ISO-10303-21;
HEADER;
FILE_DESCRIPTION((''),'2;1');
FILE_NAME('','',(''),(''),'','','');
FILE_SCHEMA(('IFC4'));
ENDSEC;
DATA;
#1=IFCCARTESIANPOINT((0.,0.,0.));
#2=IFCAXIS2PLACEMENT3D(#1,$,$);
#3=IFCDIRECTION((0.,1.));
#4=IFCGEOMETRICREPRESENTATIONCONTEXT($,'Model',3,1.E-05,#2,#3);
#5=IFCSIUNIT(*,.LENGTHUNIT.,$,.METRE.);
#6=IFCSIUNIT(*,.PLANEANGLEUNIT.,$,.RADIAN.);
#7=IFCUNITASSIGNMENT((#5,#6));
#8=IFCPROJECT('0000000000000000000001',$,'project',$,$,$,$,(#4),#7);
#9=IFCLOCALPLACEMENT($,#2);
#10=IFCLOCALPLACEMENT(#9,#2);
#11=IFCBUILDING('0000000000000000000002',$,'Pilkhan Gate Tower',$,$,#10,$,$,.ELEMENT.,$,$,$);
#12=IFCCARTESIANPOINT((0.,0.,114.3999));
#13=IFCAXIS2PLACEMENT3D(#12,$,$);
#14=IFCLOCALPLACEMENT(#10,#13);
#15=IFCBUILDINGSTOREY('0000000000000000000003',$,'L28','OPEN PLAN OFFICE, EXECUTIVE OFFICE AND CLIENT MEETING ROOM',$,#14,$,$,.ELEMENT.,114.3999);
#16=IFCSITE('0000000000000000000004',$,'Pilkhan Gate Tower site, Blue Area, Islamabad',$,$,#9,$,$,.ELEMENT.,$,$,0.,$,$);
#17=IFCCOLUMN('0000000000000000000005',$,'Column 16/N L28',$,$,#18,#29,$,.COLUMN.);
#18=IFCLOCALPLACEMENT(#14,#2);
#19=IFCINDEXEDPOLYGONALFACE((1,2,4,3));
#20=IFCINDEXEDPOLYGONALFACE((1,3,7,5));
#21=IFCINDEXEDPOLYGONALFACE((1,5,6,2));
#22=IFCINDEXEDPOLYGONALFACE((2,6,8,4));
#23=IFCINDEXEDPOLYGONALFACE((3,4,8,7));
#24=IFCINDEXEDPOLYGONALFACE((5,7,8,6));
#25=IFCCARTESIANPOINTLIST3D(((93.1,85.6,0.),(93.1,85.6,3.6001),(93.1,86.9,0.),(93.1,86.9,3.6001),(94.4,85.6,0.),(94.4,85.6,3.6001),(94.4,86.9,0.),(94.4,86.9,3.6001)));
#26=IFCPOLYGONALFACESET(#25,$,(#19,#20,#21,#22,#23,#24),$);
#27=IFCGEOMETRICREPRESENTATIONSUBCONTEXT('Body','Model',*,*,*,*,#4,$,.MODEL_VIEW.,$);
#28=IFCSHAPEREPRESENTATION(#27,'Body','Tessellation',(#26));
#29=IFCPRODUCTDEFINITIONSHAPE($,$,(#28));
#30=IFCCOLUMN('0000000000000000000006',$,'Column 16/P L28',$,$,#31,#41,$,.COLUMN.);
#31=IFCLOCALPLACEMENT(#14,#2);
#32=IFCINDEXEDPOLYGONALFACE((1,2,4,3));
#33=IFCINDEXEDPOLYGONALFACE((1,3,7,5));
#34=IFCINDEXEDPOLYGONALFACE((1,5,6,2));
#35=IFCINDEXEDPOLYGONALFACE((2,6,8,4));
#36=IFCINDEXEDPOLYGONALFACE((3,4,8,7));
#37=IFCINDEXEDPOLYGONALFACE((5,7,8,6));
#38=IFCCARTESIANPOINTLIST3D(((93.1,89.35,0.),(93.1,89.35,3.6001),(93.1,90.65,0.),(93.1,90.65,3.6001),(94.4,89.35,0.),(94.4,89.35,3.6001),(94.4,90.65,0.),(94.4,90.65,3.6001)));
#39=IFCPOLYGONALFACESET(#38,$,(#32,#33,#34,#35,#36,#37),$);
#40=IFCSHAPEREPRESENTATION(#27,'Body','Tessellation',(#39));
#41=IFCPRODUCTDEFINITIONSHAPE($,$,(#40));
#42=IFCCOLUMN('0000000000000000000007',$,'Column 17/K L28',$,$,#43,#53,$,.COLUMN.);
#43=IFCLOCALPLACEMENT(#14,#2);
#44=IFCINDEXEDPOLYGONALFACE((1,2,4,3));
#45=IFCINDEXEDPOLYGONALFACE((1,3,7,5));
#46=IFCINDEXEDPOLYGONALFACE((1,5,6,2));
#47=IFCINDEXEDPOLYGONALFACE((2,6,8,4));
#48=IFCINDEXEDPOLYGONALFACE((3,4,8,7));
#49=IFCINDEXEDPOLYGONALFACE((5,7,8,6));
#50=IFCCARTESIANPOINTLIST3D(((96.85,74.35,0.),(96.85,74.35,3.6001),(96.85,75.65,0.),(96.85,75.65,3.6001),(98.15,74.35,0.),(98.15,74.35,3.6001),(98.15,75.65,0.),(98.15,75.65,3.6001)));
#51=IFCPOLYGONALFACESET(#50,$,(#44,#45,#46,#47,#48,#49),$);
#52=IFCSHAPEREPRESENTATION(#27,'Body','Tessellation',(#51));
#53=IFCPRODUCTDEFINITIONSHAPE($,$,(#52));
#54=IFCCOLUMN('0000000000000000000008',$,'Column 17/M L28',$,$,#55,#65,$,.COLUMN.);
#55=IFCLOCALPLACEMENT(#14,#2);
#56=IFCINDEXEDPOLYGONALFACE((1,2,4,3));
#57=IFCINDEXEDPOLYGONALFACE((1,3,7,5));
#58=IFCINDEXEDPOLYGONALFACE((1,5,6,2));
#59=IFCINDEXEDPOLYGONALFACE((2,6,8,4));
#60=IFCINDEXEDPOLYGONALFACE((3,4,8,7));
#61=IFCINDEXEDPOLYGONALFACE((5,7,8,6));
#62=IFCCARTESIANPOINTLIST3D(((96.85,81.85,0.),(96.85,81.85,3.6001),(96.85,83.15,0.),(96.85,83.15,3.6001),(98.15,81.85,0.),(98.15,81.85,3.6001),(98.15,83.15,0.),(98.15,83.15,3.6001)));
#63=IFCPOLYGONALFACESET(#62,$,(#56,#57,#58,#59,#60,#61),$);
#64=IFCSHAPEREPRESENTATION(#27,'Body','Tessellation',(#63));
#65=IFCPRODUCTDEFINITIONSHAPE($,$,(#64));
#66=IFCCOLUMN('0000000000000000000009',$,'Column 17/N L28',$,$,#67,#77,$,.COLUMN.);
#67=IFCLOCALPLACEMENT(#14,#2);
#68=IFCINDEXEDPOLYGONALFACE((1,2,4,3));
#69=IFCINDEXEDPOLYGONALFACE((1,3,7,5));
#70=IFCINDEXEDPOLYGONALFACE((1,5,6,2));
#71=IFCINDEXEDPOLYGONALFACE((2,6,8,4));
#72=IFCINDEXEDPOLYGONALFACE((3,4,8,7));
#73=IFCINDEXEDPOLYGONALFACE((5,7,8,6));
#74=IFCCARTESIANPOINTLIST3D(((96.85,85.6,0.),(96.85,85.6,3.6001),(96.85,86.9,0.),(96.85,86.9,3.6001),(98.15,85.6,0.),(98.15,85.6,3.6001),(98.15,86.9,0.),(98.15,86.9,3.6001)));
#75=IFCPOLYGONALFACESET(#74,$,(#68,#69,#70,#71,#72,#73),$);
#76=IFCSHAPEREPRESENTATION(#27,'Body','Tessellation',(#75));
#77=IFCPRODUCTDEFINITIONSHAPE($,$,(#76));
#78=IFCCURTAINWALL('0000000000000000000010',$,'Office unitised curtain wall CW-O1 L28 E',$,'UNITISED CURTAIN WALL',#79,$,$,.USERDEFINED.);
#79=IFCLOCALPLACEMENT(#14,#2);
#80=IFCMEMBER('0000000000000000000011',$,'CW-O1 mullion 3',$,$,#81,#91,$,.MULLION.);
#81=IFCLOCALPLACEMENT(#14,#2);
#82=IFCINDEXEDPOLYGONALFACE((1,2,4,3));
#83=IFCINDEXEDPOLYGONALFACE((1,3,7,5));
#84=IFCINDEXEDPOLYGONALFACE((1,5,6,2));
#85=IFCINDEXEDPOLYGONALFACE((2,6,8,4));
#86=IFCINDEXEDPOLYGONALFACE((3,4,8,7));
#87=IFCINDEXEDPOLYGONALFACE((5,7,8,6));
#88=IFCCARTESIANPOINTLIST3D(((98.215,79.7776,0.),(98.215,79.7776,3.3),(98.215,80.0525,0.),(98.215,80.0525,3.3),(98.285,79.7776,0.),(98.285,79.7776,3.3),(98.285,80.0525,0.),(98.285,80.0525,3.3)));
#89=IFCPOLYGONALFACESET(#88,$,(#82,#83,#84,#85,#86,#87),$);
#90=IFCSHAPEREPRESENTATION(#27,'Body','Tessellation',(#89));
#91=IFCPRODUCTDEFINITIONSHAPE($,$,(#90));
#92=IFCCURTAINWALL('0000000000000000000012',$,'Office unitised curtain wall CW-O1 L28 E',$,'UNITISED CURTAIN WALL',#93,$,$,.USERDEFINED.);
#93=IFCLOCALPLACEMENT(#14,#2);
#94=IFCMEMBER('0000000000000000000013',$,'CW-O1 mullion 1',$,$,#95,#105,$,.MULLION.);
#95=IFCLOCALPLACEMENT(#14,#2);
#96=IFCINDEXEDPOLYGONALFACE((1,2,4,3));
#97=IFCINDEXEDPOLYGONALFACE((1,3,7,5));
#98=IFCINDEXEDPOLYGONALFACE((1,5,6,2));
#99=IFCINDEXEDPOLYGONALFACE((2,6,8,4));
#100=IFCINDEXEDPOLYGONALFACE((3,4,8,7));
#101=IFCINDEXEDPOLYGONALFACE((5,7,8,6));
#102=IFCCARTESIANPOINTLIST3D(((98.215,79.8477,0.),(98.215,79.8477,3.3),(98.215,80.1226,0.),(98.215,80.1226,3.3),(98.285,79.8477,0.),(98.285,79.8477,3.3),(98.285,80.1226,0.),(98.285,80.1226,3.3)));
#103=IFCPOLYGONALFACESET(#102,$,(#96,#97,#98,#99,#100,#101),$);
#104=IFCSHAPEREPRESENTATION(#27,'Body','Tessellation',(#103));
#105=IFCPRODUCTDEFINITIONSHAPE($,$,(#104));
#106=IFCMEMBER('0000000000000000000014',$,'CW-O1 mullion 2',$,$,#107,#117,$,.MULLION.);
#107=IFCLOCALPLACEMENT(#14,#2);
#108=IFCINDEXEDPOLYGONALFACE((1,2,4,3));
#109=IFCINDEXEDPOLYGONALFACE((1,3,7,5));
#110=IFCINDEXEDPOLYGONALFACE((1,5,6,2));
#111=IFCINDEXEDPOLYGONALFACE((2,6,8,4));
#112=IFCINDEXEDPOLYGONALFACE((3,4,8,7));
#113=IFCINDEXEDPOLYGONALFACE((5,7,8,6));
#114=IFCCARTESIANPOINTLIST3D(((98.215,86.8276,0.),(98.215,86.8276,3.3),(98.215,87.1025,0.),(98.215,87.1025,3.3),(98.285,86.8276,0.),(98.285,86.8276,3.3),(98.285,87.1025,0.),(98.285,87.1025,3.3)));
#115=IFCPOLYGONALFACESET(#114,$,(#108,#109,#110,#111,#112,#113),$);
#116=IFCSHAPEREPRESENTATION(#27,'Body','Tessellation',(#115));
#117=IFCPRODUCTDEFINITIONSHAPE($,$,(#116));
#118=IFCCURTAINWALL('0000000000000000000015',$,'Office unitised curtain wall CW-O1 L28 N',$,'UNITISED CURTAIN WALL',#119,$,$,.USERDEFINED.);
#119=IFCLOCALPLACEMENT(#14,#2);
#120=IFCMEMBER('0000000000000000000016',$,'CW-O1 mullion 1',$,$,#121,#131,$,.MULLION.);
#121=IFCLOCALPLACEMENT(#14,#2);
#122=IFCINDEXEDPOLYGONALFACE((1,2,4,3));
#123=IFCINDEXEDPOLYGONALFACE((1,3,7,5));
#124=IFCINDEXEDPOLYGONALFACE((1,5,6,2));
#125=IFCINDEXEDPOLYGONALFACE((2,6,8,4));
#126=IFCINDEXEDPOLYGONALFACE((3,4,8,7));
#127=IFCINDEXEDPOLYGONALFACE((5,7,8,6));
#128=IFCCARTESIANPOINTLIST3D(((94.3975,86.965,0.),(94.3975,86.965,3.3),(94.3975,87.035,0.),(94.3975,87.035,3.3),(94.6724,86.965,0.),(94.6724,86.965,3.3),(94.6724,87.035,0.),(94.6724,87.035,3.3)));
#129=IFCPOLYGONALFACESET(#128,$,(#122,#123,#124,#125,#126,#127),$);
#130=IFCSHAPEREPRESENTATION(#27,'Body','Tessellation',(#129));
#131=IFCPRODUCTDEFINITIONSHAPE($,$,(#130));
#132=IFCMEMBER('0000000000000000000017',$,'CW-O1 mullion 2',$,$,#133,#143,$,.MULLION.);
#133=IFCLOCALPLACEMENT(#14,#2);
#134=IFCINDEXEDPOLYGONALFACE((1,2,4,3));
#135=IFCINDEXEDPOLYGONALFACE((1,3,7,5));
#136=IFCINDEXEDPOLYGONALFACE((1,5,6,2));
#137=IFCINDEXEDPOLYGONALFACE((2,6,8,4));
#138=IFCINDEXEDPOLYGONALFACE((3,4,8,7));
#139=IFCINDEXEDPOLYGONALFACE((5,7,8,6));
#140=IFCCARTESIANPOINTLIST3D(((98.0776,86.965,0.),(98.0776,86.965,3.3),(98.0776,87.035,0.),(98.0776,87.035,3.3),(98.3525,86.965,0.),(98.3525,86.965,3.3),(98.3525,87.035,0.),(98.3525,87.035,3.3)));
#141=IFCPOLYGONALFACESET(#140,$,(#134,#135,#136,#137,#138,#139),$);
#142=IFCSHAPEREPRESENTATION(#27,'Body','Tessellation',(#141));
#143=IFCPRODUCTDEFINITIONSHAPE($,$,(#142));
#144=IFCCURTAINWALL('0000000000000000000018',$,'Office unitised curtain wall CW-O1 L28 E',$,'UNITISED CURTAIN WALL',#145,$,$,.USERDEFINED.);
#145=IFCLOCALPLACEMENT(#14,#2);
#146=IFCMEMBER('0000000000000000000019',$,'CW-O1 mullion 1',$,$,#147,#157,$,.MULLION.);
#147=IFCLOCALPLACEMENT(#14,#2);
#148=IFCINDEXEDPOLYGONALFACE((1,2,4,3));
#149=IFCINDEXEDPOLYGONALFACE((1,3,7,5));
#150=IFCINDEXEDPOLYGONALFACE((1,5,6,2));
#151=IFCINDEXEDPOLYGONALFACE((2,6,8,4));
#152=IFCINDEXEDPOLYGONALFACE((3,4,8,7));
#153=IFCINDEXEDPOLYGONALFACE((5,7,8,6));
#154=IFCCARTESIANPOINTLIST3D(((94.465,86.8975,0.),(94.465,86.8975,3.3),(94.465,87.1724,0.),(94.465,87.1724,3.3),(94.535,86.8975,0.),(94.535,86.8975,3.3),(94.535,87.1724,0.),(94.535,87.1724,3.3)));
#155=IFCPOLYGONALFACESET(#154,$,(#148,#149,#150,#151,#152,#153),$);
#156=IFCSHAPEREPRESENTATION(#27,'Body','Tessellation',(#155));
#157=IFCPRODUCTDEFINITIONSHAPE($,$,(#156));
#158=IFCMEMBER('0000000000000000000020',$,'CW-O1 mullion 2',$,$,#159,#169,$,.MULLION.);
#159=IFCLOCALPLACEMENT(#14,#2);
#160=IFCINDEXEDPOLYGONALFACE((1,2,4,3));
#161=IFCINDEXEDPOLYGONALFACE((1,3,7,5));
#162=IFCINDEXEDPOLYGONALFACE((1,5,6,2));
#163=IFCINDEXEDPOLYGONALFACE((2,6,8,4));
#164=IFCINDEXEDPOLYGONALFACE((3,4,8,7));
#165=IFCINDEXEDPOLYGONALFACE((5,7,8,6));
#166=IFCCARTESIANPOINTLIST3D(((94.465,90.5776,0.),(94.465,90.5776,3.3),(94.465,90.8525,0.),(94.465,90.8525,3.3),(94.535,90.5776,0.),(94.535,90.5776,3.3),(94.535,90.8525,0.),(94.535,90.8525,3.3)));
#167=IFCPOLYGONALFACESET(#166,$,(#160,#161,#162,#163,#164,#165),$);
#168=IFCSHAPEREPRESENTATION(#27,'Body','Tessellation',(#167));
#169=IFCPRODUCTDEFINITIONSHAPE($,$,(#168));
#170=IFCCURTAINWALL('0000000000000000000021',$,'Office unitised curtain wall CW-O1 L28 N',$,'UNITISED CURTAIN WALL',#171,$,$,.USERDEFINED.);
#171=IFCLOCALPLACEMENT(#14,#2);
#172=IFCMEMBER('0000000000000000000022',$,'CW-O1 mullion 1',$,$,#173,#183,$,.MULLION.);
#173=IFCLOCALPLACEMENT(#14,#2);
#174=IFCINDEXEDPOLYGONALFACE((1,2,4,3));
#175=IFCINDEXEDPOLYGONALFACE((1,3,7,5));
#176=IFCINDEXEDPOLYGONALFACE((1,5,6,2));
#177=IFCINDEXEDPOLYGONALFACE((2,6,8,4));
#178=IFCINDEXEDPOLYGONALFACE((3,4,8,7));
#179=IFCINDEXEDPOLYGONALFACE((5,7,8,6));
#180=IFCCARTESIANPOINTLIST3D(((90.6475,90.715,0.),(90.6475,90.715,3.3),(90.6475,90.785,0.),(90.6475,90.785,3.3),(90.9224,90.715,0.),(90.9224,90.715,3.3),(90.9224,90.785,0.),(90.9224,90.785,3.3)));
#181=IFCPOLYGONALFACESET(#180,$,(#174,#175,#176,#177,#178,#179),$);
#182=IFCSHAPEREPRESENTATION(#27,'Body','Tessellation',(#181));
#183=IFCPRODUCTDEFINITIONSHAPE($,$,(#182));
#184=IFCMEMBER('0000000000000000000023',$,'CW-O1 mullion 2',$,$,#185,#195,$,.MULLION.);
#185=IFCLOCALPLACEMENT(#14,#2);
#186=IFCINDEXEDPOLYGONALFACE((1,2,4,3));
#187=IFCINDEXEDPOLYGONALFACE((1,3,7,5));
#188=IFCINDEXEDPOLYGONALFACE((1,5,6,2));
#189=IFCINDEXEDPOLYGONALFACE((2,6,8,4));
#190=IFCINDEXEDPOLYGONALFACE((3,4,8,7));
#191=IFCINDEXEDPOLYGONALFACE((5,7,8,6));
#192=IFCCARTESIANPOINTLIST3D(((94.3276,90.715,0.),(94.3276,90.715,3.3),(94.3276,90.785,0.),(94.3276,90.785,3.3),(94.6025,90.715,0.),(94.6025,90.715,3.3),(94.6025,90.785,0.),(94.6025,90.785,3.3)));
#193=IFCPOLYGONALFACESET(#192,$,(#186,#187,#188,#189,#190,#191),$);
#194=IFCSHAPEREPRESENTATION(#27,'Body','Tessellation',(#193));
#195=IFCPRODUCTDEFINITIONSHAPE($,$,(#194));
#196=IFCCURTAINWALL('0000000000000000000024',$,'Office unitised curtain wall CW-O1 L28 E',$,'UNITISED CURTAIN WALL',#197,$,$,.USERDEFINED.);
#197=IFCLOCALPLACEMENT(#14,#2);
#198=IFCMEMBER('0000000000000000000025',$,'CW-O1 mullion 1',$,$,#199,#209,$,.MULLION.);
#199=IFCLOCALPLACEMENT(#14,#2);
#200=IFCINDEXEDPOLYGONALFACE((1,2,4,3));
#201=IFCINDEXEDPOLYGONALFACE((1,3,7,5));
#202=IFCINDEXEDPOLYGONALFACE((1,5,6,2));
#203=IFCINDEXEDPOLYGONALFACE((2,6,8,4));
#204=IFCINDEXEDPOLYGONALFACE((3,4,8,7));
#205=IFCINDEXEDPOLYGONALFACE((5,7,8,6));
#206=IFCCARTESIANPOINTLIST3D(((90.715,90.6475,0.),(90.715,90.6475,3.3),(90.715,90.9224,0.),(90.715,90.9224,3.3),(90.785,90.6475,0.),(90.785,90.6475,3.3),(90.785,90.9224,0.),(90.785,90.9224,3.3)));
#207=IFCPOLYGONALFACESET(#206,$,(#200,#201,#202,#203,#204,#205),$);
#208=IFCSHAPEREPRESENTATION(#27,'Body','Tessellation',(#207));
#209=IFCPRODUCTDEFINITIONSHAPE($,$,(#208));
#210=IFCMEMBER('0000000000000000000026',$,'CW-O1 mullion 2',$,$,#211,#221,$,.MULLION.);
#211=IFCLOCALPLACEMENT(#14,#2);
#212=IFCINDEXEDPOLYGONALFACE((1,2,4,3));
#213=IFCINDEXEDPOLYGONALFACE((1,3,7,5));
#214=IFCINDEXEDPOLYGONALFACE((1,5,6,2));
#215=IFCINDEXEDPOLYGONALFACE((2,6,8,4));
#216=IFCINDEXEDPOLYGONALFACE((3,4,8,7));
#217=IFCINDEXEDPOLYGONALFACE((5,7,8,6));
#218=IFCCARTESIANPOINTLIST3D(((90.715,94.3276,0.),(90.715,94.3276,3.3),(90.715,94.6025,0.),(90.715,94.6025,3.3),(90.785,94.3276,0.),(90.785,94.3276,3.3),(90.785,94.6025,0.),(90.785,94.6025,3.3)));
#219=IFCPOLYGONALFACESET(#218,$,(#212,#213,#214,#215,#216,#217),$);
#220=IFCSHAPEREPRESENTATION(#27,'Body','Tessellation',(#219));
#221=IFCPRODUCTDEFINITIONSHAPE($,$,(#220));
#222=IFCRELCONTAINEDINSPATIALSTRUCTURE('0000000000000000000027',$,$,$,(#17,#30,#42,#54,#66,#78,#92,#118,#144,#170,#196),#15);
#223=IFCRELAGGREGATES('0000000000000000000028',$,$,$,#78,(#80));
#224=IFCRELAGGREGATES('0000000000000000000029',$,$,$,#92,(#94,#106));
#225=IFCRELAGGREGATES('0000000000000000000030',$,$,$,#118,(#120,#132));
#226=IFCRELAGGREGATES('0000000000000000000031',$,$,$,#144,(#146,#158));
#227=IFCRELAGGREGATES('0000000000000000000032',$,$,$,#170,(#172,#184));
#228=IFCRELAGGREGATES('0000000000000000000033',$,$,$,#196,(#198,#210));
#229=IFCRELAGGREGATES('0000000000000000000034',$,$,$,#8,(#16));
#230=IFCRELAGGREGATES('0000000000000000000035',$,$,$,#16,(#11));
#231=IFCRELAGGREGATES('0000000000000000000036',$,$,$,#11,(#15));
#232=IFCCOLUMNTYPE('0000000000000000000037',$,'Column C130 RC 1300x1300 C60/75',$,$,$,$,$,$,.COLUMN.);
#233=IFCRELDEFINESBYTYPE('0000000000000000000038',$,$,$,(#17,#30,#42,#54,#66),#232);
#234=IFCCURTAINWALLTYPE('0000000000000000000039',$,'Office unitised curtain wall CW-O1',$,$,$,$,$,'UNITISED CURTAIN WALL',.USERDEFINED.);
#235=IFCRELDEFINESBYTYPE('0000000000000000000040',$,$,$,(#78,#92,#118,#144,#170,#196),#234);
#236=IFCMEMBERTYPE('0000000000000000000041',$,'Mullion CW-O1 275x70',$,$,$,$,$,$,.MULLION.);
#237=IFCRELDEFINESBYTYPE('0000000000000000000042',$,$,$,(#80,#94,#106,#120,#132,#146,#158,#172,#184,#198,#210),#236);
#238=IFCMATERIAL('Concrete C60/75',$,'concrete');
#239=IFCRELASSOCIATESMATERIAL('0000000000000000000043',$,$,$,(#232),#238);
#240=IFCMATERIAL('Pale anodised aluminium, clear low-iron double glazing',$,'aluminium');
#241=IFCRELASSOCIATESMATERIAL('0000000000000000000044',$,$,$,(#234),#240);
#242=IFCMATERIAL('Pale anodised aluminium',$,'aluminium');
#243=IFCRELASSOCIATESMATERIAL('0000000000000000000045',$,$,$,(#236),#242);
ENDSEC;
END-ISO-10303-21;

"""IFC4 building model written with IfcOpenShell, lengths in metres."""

from ifc_helpers import new_model, si_unit, direction, frame, origin, origin_2d, place, context, subcontext, project, spatial, rectangle, extrude, material, material_profile, profile_set, type_object, element, aggregate, save


model = new_model("IFC4")

# Units and contexts
model_context = context("Model", 3, precision=1e-05, world=origin(), true_north=direction((0.0, 1.0)))
body_context = subcontext(model_context, "Body", "Model", "MODEL_VIEW")
ifc_project = project(units=[si_unit("LENGTHUNIT", "METRE"), si_unit("PLANEANGLEUNIT", "RADIAN")], contexts=[model_context])

# Site, building, storey
site_placement = place(None, origin())
site = spatial("IfcSite", under=ifc_project, at=site_placement, Name="Pilkhan Gate Tower site, Blue Area, Islamabad", CompositionType="ELEMENT", RefElevation=0.0)
building_placement = place(site_placement, origin())
building = spatial("IfcBuilding", under=site, at=building_placement, Name="Pilkhan Gate Tower", CompositionType="ELEMENT")
storey_placement = place(building_placement, frame((0.0, 0.0, 114.3999)))
storey = spatial("IfcBuildingStorey", under=building, at=storey_placement, Name="L28", Description="OPEN PLAN OFFICE, EXECUTIVE OFFICE AND CLIENT MEETING ROOM", CompositionType="ELEMENT", Elevation=114.3999)

# Columns
ifc_material_1 = material(Name="Concrete C60/75", Category="concrete")
ifc_material_profile_1 = material_profile(ifc_material_1, rectangle(XDim=1.3, YDim=1.3, at=origin_2d()), Name="RC 1300x1300")
ifc_profile_set_1 = profile_set([ifc_material_profile_1], Name="Concrete C60/75")
column_type = type_object("IfcColumnType", Name="Column C130 RC 1300x1300 C60/75", PredefinedType="COLUMN", material=ifc_profile_set_1)
for number, where, z_axis, x_axis, name in (
    (1, (93.75, 86.25, 0.0), (0.0, 0.0, 1.0), (1.0, 0.0, 0.0), "Column 16/N L28"),
    (2, (93.75, 90.0, 0.0), (0.0, 0.0, 1.0), (1.0, 0.0, 0.0), "Column 16/P L28"),
    (3, (97.5, 75.0, 0.0), (0.0, 0.0, 1.0), (1.0, 0.0, 0.0), "Column 17/K L28"),
    (4, (97.5, 82.5, 0.0), (0.0, 0.0, 1.0), (1.0, 0.0, 0.0), "Column 17/M L28"),
    (5, (97.5, 86.25, 0.0), (0.0, 0.0, 1.0), (1.0, 0.0, 0.0), "Column 17/N L28"),
):
    element("IfcColumn", number, at=place(storey_placement, frame(where, z_axis=z_axis, x_axis=x_axis)), inside=storey, type_object=column_type, Name=name, PredefinedType="COLUMN", context=body_context, shape_type="SweptSolid", body=[
        extrude(rectangle(XDim=1.3, YDim=1.3, at=origin_2d()), origin(), (0.0, 0.0, 1.0), 3.6001),
    ])

# Curtain wall, member
ifc_material_2 = material(Name="Pale anodised aluminium, clear low-iron double glazing", Category="aluminium")
curtain_wall_type = type_object("IfcCurtainWallType", Name="Office unitised curtain wall CW-O1", ElementType="UNITISED CURTAIN WALL", PredefinedType="USERDEFINED", material=ifc_material_2)
curtain_wall_1_placement = place(storey_placement, origin())
curtain_wall_1 = element("IfcCurtainWall", 6, at=curtain_wall_1_placement, inside=storey, type_object=curtain_wall_type, Name="Office unitised curtain wall CW-O1 L28 E", ObjectType="UNITISED CURTAIN WALL", PredefinedType="USERDEFINED")
ifc_material_3 = material(Name="Pale anodised aluminium", Category="aluminium")
ifc_material_profile_2 = material_profile(ifc_material_3, rectangle(XDim=0.0701, YDim=0.2749, at=origin_2d()), Name="Mullion 275x70")
ifc_profile_set_2 = profile_set([ifc_material_profile_2], Name="Pale anodised aluminium")
member_type_1 = type_object("IfcMemberType", Name="Mullion CW-O1 275x70", PredefinedType="MULLION", material=ifc_profile_set_2)
member_1_placement = place(storey_placement, frame((98.25, 79.915, 0.0), z_axis=(0.0, 0.0, 1.0), x_axis=(-1.0, 0.0, 0.0)))
member_1 = element("IfcMember", 7, at=member_1_placement, type_object=member_type_1, Name="CW-O1 mullion 3", PredefinedType="MULLION", context=body_context, shape_type="SweptSolid", body=[
    extrude(rectangle(XDim=0.0701, YDim=0.2749, at=origin_2d()), origin(), (0.0, 0.0, 1.0), 3.3),
])

# Curtain walls, members
curtain_wall_2_placement = place(storey_placement, origin())
curtain_wall_2 = element("IfcCurtainWall", 8, at=curtain_wall_2_placement, inside=storey, type_object=curtain_wall_type, Name="Office unitised curtain wall CW-O1 L28 E", ObjectType="UNITISED CURTAIN WALL", PredefinedType="USERDEFINED")
member_2_placement = place(storey_placement, frame((98.25, 79.9851, 0.0), z_axis=(0.0, 0.0, 1.0), x_axis=(-1.0, 0.0, 0.0)))
member_2 = element("IfcMember", 9, at=member_2_placement, type_object=member_type_1, Name="CW-O1 mullion 1", PredefinedType="MULLION", context=body_context, shape_type="SweptSolid", body=[
    extrude(rectangle(XDim=0.0701, YDim=0.2749, at=origin_2d()), origin(), (0.0, 0.0, 1.0), 3.3),
])
member_3_placement = place(storey_placement, frame((98.25, 86.9651, 0.0), z_axis=(0.0, 0.0, 1.0), x_axis=(-1.0, 0.0, 0.0)))
member_3 = element("IfcMember", 10, at=member_3_placement, type_object=member_type_1, Name="CW-O1 mullion 2", PredefinedType="MULLION", context=body_context, shape_type="SweptSolid", body=[
    extrude(rectangle(XDim=0.0701, YDim=0.2749, at=origin_2d()), origin(), (0.0, 0.0, 1.0), 3.3),
])
curtain_wall_3_placement = place(storey_placement, origin())
curtain_wall_3 = element("IfcCurtainWall", 11, at=curtain_wall_3_placement, inside=storey, type_object=curtain_wall_type, Name="Office unitised curtain wall CW-O1 L28 N", ObjectType="UNITISED CURTAIN WALL", PredefinedType="USERDEFINED")
member_4_placement = place(storey_placement, frame((94.5349, 87.0, 0.0), z_axis=(0.0, 0.0, 1.0), x_axis=(0.0, 1.0, 0.0)))
member_4 = element("IfcMember", 12, at=member_4_placement, type_object=member_type_1, Name="CW-O1 mullion 1", PredefinedType="MULLION", context=body_context, shape_type="SweptSolid", body=[
    extrude(rectangle(XDim=0.0701, YDim=0.2749, at=origin_2d()), origin(), (0.0, 0.0, 1.0), 3.3),
])
member_5_placement = place(storey_placement, frame((98.2151, 87.0, 0.0), z_axis=(0.0, 0.0, 1.0), x_axis=(0.0, 1.0, 0.0)))
member_5 = element("IfcMember", 13, at=member_5_placement, type_object=member_type_1, Name="CW-O1 mullion 2", PredefinedType="MULLION", context=body_context, shape_type="SweptSolid", body=[
    extrude(rectangle(XDim=0.0701, YDim=0.2749, at=origin_2d()), origin(), (0.0, 0.0, 1.0), 3.3),
])
curtain_wall_4_placement = place(storey_placement, origin())
curtain_wall_4 = element("IfcCurtainWall", 14, at=curtain_wall_4_placement, inside=storey, type_object=curtain_wall_type, Name="Office unitised curtain wall CW-O1 L28 E", ObjectType="UNITISED CURTAIN WALL", PredefinedType="USERDEFINED")
member_6_placement = place(storey_placement, frame((94.5, 87.0349, 0.0), z_axis=(0.0, 0.0, 1.0), x_axis=(-1.0, 0.0, 0.0)))
member_6 = element("IfcMember", 15, at=member_6_placement, type_object=member_type_1, Name="CW-O1 mullion 1", PredefinedType="MULLION", context=body_context, shape_type="SweptSolid", body=[
    extrude(rectangle(XDim=0.0701, YDim=0.2749, at=origin_2d()), origin(), (0.0, 0.0, 1.0), 3.3),
])
member_7_placement = place(storey_placement, frame((94.5, 90.7151, 0.0), z_axis=(0.0, 0.0, 1.0), x_axis=(-1.0, 0.0, 0.0)))
member_7 = element("IfcMember", 16, at=member_7_placement, type_object=member_type_1, Name="CW-O1 mullion 2", PredefinedType="MULLION", context=body_context, shape_type="SweptSolid", body=[
    extrude(rectangle(XDim=0.0701, YDim=0.2749, at=origin_2d()), origin(), (0.0, 0.0, 1.0), 3.3),
])
curtain_wall_5_placement = place(storey_placement, origin())
curtain_wall_5 = element("IfcCurtainWall", 17, at=curtain_wall_5_placement, inside=storey, type_object=curtain_wall_type, Name="Office unitised curtain wall CW-O1 L28 N", ObjectType="UNITISED CURTAIN WALL", PredefinedType="USERDEFINED")
member_8_placement = place(storey_placement, frame((90.7849, 90.75, 0.0), z_axis=(0.0, 0.0, 1.0), x_axis=(0.0, 1.0, 0.0)))
member_8 = element("IfcMember", 18, at=member_8_placement, type_object=member_type_1, Name="CW-O1 mullion 1", PredefinedType="MULLION", context=body_context, shape_type="SweptSolid", body=[
    extrude(rectangle(XDim=0.0701, YDim=0.2749, at=origin_2d()), origin(), (0.0, 0.0, 1.0), 3.3),
])
member_9_placement = place(storey_placement, frame((94.4651, 90.75, 0.0), z_axis=(0.0, 0.0, 1.0), x_axis=(0.0, 1.0, 0.0)))
member_9 = element("IfcMember", 19, at=member_9_placement, type_object=member_type_1, Name="CW-O1 mullion 2", PredefinedType="MULLION", context=body_context, shape_type="SweptSolid", body=[
    extrude(rectangle(XDim=0.0701, YDim=0.2749, at=origin_2d()), origin(), (0.0, 0.0, 1.0), 3.3),
])
curtain_wall_6_placement = place(storey_placement, origin())
curtain_wall_6 = element("IfcCurtainWall", 20, at=curtain_wall_6_placement, inside=storey, type_object=curtain_wall_type, Name="Office unitised curtain wall CW-O1 L28 E", ObjectType="UNITISED CURTAIN WALL", PredefinedType="USERDEFINED")
member_10_placement = place(storey_placement, frame((90.75, 90.7849, 0.0), z_axis=(0.0, 0.0, 1.0), x_axis=(-1.0, 0.0, 0.0)))
member_10 = element("IfcMember", 21, at=member_10_placement, type_object=member_type_1, Name="CW-O1 mullion 1", PredefinedType="MULLION", context=body_context, shape_type="SweptSolid", body=[
    extrude(rectangle(XDim=0.0701, YDim=0.2749, at=origin_2d()), origin(), (0.0, 0.0, 1.0), 3.3),
])
member_11_placement = place(storey_placement, frame((90.75, 94.4651, 0.0), z_axis=(0.0, 0.0, 1.0), x_axis=(-1.0, 0.0, 0.0)))
member_11 = element("IfcMember", 22, at=member_11_placement, type_object=member_type_1, Name="CW-O1 mullion 2", PredefinedType="MULLION", context=body_context, shape_type="SweptSolid", body=[
    extrude(rectangle(XDim=0.0701, YDim=0.2749, at=origin_2d()), origin(), (0.0, 0.0, 1.0), 3.3),
])

aggregate(curtain_wall_1, [member_1])
aggregate(curtain_wall_2, [member_2, member_3])
aggregate(curtain_wall_3, [member_4, member_5])
aggregate(curtain_wall_4, [member_6, member_7])
aggregate(curtain_wall_5, [member_8, member_9])
aggregate(curtain_wall_6, [member_10, member_11])

save(model, "model.ifc")
